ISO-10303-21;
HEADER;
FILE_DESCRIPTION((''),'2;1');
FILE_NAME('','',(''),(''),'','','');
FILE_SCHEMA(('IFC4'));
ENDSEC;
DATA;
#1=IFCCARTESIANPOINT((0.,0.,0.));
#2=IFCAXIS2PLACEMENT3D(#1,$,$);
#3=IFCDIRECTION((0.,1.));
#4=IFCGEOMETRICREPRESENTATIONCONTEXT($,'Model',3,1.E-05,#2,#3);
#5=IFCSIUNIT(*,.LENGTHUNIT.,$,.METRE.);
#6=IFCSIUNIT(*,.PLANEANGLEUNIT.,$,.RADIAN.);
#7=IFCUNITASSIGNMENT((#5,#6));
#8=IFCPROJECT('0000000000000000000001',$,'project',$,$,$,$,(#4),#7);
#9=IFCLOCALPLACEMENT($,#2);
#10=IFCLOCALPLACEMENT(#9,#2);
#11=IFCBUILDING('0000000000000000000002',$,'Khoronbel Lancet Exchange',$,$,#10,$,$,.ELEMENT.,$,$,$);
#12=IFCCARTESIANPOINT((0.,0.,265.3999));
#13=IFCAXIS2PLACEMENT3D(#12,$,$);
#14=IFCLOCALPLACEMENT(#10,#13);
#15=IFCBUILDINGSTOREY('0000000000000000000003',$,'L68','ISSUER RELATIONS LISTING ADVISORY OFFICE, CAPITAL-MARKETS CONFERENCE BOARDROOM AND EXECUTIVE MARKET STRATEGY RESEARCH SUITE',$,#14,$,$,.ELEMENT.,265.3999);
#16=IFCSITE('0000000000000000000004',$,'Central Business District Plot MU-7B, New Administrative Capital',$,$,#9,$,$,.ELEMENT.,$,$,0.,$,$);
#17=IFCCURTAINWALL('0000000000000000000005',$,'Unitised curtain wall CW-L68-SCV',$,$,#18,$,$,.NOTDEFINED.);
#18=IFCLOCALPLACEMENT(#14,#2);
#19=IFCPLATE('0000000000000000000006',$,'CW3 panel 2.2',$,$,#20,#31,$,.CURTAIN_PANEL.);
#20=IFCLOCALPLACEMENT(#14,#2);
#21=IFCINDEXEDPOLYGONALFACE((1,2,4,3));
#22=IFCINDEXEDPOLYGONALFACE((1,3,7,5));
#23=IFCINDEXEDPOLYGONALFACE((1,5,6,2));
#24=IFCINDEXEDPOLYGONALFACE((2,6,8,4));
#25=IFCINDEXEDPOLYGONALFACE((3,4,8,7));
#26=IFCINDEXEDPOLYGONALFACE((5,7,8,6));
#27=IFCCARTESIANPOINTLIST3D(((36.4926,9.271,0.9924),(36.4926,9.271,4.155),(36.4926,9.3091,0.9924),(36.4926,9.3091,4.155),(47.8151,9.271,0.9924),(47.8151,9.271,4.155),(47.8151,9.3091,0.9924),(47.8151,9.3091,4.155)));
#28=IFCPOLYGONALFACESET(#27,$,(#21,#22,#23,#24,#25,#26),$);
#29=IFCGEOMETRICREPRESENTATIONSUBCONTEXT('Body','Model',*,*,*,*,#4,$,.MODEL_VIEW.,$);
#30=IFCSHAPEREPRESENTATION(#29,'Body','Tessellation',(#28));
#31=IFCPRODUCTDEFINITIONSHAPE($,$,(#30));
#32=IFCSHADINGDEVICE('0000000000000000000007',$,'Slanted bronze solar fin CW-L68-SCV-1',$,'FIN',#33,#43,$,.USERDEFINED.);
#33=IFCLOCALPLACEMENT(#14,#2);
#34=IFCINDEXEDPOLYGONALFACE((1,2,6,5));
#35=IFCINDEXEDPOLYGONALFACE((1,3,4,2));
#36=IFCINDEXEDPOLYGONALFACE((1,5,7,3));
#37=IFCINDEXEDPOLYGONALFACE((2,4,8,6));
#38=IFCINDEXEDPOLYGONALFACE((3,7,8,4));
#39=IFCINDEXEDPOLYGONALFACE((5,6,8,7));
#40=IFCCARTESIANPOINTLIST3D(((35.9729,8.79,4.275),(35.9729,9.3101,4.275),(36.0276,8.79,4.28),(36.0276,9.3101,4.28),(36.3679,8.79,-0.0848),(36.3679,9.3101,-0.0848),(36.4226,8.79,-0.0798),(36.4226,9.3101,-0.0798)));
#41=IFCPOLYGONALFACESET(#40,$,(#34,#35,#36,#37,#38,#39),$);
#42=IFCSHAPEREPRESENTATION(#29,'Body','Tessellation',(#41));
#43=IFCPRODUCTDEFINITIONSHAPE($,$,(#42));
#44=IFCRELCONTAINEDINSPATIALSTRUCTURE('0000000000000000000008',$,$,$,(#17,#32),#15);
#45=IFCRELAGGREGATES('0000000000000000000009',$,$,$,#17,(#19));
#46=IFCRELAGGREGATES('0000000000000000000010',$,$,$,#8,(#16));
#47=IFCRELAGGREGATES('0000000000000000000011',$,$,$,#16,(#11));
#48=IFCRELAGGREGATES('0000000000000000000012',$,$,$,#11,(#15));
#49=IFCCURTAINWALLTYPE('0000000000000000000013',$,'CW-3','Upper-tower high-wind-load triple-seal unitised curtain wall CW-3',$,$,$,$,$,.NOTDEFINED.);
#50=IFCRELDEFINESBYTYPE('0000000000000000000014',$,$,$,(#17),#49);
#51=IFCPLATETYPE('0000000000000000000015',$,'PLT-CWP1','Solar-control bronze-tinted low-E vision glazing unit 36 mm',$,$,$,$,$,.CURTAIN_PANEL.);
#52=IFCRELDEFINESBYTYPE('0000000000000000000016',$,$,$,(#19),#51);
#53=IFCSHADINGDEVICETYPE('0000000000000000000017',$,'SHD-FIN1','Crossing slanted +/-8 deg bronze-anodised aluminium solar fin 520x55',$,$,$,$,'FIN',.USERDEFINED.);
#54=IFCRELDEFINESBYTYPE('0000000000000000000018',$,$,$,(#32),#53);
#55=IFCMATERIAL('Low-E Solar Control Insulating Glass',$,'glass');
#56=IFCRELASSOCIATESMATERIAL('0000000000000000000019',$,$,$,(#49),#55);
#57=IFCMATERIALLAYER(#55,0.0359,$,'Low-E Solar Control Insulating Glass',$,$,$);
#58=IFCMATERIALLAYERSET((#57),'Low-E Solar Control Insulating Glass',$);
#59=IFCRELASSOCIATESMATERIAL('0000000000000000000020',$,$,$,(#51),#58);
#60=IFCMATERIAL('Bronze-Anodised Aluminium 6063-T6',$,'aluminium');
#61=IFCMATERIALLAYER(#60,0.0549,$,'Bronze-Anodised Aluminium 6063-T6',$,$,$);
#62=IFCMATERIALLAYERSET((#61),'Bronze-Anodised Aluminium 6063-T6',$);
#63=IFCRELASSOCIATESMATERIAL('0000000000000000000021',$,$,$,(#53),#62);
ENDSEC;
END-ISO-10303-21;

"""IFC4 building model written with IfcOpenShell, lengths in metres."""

from ifc_helpers import new_model, si_unit, direction, frame, origin, origin_2d, place, context, subcontext, project, spatial, polyline, rectangle, outline, extrude, material, layer, layer_set, type_object, element, aggregate, save


model = new_model("IFC4")

# Units and contexts
model_context = context("Model", 3, precision=1e-05, world=origin(), true_north=direction((0.0, 1.0)))
body_context = subcontext(model_context, "Body", "Model", "MODEL_VIEW")
ifc_project = project(units=[si_unit("LENGTHUNIT", "METRE"), si_unit("PLANEANGLEUNIT", "RADIAN")], contexts=[model_context])

# Site, building, storey
site_placement = place(None, origin())
site = spatial("IfcSite", under=ifc_project, at=site_placement, Name="Central Business District Plot MU-7B, New Administrative Capital", CompositionType="ELEMENT", RefElevation=0.0)
building_placement = place(site_placement, origin())
building = spatial("IfcBuilding", under=site, at=building_placement, Name="Khoronbel Lancet Exchange", CompositionType="ELEMENT")
storey_placement = place(building_placement, frame((0.0, 0.0, 265.3999)))
storey = spatial("IfcBuildingStorey", under=building, at=storey_placement, Name="L68", Description="ISSUER RELATIONS LISTING ADVISORY OFFICE, CAPITAL-MARKETS CONFERENCE BOARDROOM AND EXECUTIVE MARKET STRATEGY RESEARCH SUITE", CompositionType="ELEMENT", Elevation=265.3999)

# Curtain wall
ifc_material_1 = material(Name="Low-E Solar Control Insulating Glass", Category="glass")
curtain_wall_type = type_object("IfcCurtainWallType", Name="CW-3", Description="Upper-tower high-wind-load triple-seal unitised curtain wall CW-3", PredefinedType="NOTDEFINED", material=ifc_material_1)
curtain_wall_1_placement = place(storey_placement, origin())
curtain_wall_1 = element("IfcCurtainWall", 1, at=curtain_wall_1_placement, inside=storey, type_object=curtain_wall_type, Name="Unitised curtain wall CW-L68-SCV", PredefinedType="NOTDEFINED")
ifc_material_2 = material(Name="Bronze-Anodised Aluminium 6063-T6", Category="aluminium")

# Plate
ifc_layer_1 = layer(ifc_material_1, 0.0359, Name="Low-E Solar Control Insulating Glass")
ifc_layer_set_1 = layer_set([ifc_layer_1], Name="Low-E Solar Control Insulating Glass")
plate_type_1 = type_object("IfcPlateType", Name="PLT-CWP1", Description="Solar-control bronze-tinted low-E vision glazing unit 36 mm", PredefinedType="CURTAIN_PANEL", material=ifc_layer_set_1)
plate_1_placement = place(storey_placement, frame((42.1538, 9.29, 0.9924), z_axis=(0.0, 0.0, 1.0), x_axis=(1.0, 0.0, 0.0)))
plate_1 = element("IfcPlate", 2, at=plate_1_placement, type_object=plate_type_1, Name="CW3 panel 2.2", PredefinedType="CURTAIN_PANEL", context=body_context, shape_type="SweptSolid", body=[
    extrude(rectangle(XDim=11.3225, YDim=0.0381, at=origin_2d()), origin(), (0.0, 0.0, 1.0), 3.1626),
])
aggregate(curtain_wall_1, [plate_1])

# Shading device
ifc_layer_2 = layer(ifc_material_2, 0.0549, Name="Bronze-Anodised Aluminium 6063-T6")
ifc_layer_set_2 = layer_set([ifc_layer_2], Name="Bronze-Anodised Aluminium 6063-T6")
shading_device_type = type_object("IfcShadingDeviceType", Name="SHD-FIN1", Description="Crossing slanted +/-8 deg bronze-anodised aluminium solar fin 520x55", ElementType="FIN", PredefinedType="USERDEFINED", material=ifc_layer_set_2)
shading_device_placement = place(storey_placement, frame((36.4226, 9.3101, -0.0798), z_axis=(0.995921, 0.0, 0.090234), x_axis=(0.0, -1.0, 0.0)))
element("IfcShadingDevice", 3, at=shading_device_placement, inside=storey, type_object=shading_device_type, Name="Slanted bronze solar fin CW-L68-SCV-1", ObjectType="FIN", PredefinedType="USERDEFINED", context=body_context, shape_type="SweptSolid", body=[
    extrude(outline(polyline([(0.0, 0.0), (0.52, 0.0), (0.52, -4.3777), (0.0, -4.3777), (0.0, 0.0)])), origin(), (0.0, 0.0, -1.0), 0.0549),
])

save(model, "model.ifc")
